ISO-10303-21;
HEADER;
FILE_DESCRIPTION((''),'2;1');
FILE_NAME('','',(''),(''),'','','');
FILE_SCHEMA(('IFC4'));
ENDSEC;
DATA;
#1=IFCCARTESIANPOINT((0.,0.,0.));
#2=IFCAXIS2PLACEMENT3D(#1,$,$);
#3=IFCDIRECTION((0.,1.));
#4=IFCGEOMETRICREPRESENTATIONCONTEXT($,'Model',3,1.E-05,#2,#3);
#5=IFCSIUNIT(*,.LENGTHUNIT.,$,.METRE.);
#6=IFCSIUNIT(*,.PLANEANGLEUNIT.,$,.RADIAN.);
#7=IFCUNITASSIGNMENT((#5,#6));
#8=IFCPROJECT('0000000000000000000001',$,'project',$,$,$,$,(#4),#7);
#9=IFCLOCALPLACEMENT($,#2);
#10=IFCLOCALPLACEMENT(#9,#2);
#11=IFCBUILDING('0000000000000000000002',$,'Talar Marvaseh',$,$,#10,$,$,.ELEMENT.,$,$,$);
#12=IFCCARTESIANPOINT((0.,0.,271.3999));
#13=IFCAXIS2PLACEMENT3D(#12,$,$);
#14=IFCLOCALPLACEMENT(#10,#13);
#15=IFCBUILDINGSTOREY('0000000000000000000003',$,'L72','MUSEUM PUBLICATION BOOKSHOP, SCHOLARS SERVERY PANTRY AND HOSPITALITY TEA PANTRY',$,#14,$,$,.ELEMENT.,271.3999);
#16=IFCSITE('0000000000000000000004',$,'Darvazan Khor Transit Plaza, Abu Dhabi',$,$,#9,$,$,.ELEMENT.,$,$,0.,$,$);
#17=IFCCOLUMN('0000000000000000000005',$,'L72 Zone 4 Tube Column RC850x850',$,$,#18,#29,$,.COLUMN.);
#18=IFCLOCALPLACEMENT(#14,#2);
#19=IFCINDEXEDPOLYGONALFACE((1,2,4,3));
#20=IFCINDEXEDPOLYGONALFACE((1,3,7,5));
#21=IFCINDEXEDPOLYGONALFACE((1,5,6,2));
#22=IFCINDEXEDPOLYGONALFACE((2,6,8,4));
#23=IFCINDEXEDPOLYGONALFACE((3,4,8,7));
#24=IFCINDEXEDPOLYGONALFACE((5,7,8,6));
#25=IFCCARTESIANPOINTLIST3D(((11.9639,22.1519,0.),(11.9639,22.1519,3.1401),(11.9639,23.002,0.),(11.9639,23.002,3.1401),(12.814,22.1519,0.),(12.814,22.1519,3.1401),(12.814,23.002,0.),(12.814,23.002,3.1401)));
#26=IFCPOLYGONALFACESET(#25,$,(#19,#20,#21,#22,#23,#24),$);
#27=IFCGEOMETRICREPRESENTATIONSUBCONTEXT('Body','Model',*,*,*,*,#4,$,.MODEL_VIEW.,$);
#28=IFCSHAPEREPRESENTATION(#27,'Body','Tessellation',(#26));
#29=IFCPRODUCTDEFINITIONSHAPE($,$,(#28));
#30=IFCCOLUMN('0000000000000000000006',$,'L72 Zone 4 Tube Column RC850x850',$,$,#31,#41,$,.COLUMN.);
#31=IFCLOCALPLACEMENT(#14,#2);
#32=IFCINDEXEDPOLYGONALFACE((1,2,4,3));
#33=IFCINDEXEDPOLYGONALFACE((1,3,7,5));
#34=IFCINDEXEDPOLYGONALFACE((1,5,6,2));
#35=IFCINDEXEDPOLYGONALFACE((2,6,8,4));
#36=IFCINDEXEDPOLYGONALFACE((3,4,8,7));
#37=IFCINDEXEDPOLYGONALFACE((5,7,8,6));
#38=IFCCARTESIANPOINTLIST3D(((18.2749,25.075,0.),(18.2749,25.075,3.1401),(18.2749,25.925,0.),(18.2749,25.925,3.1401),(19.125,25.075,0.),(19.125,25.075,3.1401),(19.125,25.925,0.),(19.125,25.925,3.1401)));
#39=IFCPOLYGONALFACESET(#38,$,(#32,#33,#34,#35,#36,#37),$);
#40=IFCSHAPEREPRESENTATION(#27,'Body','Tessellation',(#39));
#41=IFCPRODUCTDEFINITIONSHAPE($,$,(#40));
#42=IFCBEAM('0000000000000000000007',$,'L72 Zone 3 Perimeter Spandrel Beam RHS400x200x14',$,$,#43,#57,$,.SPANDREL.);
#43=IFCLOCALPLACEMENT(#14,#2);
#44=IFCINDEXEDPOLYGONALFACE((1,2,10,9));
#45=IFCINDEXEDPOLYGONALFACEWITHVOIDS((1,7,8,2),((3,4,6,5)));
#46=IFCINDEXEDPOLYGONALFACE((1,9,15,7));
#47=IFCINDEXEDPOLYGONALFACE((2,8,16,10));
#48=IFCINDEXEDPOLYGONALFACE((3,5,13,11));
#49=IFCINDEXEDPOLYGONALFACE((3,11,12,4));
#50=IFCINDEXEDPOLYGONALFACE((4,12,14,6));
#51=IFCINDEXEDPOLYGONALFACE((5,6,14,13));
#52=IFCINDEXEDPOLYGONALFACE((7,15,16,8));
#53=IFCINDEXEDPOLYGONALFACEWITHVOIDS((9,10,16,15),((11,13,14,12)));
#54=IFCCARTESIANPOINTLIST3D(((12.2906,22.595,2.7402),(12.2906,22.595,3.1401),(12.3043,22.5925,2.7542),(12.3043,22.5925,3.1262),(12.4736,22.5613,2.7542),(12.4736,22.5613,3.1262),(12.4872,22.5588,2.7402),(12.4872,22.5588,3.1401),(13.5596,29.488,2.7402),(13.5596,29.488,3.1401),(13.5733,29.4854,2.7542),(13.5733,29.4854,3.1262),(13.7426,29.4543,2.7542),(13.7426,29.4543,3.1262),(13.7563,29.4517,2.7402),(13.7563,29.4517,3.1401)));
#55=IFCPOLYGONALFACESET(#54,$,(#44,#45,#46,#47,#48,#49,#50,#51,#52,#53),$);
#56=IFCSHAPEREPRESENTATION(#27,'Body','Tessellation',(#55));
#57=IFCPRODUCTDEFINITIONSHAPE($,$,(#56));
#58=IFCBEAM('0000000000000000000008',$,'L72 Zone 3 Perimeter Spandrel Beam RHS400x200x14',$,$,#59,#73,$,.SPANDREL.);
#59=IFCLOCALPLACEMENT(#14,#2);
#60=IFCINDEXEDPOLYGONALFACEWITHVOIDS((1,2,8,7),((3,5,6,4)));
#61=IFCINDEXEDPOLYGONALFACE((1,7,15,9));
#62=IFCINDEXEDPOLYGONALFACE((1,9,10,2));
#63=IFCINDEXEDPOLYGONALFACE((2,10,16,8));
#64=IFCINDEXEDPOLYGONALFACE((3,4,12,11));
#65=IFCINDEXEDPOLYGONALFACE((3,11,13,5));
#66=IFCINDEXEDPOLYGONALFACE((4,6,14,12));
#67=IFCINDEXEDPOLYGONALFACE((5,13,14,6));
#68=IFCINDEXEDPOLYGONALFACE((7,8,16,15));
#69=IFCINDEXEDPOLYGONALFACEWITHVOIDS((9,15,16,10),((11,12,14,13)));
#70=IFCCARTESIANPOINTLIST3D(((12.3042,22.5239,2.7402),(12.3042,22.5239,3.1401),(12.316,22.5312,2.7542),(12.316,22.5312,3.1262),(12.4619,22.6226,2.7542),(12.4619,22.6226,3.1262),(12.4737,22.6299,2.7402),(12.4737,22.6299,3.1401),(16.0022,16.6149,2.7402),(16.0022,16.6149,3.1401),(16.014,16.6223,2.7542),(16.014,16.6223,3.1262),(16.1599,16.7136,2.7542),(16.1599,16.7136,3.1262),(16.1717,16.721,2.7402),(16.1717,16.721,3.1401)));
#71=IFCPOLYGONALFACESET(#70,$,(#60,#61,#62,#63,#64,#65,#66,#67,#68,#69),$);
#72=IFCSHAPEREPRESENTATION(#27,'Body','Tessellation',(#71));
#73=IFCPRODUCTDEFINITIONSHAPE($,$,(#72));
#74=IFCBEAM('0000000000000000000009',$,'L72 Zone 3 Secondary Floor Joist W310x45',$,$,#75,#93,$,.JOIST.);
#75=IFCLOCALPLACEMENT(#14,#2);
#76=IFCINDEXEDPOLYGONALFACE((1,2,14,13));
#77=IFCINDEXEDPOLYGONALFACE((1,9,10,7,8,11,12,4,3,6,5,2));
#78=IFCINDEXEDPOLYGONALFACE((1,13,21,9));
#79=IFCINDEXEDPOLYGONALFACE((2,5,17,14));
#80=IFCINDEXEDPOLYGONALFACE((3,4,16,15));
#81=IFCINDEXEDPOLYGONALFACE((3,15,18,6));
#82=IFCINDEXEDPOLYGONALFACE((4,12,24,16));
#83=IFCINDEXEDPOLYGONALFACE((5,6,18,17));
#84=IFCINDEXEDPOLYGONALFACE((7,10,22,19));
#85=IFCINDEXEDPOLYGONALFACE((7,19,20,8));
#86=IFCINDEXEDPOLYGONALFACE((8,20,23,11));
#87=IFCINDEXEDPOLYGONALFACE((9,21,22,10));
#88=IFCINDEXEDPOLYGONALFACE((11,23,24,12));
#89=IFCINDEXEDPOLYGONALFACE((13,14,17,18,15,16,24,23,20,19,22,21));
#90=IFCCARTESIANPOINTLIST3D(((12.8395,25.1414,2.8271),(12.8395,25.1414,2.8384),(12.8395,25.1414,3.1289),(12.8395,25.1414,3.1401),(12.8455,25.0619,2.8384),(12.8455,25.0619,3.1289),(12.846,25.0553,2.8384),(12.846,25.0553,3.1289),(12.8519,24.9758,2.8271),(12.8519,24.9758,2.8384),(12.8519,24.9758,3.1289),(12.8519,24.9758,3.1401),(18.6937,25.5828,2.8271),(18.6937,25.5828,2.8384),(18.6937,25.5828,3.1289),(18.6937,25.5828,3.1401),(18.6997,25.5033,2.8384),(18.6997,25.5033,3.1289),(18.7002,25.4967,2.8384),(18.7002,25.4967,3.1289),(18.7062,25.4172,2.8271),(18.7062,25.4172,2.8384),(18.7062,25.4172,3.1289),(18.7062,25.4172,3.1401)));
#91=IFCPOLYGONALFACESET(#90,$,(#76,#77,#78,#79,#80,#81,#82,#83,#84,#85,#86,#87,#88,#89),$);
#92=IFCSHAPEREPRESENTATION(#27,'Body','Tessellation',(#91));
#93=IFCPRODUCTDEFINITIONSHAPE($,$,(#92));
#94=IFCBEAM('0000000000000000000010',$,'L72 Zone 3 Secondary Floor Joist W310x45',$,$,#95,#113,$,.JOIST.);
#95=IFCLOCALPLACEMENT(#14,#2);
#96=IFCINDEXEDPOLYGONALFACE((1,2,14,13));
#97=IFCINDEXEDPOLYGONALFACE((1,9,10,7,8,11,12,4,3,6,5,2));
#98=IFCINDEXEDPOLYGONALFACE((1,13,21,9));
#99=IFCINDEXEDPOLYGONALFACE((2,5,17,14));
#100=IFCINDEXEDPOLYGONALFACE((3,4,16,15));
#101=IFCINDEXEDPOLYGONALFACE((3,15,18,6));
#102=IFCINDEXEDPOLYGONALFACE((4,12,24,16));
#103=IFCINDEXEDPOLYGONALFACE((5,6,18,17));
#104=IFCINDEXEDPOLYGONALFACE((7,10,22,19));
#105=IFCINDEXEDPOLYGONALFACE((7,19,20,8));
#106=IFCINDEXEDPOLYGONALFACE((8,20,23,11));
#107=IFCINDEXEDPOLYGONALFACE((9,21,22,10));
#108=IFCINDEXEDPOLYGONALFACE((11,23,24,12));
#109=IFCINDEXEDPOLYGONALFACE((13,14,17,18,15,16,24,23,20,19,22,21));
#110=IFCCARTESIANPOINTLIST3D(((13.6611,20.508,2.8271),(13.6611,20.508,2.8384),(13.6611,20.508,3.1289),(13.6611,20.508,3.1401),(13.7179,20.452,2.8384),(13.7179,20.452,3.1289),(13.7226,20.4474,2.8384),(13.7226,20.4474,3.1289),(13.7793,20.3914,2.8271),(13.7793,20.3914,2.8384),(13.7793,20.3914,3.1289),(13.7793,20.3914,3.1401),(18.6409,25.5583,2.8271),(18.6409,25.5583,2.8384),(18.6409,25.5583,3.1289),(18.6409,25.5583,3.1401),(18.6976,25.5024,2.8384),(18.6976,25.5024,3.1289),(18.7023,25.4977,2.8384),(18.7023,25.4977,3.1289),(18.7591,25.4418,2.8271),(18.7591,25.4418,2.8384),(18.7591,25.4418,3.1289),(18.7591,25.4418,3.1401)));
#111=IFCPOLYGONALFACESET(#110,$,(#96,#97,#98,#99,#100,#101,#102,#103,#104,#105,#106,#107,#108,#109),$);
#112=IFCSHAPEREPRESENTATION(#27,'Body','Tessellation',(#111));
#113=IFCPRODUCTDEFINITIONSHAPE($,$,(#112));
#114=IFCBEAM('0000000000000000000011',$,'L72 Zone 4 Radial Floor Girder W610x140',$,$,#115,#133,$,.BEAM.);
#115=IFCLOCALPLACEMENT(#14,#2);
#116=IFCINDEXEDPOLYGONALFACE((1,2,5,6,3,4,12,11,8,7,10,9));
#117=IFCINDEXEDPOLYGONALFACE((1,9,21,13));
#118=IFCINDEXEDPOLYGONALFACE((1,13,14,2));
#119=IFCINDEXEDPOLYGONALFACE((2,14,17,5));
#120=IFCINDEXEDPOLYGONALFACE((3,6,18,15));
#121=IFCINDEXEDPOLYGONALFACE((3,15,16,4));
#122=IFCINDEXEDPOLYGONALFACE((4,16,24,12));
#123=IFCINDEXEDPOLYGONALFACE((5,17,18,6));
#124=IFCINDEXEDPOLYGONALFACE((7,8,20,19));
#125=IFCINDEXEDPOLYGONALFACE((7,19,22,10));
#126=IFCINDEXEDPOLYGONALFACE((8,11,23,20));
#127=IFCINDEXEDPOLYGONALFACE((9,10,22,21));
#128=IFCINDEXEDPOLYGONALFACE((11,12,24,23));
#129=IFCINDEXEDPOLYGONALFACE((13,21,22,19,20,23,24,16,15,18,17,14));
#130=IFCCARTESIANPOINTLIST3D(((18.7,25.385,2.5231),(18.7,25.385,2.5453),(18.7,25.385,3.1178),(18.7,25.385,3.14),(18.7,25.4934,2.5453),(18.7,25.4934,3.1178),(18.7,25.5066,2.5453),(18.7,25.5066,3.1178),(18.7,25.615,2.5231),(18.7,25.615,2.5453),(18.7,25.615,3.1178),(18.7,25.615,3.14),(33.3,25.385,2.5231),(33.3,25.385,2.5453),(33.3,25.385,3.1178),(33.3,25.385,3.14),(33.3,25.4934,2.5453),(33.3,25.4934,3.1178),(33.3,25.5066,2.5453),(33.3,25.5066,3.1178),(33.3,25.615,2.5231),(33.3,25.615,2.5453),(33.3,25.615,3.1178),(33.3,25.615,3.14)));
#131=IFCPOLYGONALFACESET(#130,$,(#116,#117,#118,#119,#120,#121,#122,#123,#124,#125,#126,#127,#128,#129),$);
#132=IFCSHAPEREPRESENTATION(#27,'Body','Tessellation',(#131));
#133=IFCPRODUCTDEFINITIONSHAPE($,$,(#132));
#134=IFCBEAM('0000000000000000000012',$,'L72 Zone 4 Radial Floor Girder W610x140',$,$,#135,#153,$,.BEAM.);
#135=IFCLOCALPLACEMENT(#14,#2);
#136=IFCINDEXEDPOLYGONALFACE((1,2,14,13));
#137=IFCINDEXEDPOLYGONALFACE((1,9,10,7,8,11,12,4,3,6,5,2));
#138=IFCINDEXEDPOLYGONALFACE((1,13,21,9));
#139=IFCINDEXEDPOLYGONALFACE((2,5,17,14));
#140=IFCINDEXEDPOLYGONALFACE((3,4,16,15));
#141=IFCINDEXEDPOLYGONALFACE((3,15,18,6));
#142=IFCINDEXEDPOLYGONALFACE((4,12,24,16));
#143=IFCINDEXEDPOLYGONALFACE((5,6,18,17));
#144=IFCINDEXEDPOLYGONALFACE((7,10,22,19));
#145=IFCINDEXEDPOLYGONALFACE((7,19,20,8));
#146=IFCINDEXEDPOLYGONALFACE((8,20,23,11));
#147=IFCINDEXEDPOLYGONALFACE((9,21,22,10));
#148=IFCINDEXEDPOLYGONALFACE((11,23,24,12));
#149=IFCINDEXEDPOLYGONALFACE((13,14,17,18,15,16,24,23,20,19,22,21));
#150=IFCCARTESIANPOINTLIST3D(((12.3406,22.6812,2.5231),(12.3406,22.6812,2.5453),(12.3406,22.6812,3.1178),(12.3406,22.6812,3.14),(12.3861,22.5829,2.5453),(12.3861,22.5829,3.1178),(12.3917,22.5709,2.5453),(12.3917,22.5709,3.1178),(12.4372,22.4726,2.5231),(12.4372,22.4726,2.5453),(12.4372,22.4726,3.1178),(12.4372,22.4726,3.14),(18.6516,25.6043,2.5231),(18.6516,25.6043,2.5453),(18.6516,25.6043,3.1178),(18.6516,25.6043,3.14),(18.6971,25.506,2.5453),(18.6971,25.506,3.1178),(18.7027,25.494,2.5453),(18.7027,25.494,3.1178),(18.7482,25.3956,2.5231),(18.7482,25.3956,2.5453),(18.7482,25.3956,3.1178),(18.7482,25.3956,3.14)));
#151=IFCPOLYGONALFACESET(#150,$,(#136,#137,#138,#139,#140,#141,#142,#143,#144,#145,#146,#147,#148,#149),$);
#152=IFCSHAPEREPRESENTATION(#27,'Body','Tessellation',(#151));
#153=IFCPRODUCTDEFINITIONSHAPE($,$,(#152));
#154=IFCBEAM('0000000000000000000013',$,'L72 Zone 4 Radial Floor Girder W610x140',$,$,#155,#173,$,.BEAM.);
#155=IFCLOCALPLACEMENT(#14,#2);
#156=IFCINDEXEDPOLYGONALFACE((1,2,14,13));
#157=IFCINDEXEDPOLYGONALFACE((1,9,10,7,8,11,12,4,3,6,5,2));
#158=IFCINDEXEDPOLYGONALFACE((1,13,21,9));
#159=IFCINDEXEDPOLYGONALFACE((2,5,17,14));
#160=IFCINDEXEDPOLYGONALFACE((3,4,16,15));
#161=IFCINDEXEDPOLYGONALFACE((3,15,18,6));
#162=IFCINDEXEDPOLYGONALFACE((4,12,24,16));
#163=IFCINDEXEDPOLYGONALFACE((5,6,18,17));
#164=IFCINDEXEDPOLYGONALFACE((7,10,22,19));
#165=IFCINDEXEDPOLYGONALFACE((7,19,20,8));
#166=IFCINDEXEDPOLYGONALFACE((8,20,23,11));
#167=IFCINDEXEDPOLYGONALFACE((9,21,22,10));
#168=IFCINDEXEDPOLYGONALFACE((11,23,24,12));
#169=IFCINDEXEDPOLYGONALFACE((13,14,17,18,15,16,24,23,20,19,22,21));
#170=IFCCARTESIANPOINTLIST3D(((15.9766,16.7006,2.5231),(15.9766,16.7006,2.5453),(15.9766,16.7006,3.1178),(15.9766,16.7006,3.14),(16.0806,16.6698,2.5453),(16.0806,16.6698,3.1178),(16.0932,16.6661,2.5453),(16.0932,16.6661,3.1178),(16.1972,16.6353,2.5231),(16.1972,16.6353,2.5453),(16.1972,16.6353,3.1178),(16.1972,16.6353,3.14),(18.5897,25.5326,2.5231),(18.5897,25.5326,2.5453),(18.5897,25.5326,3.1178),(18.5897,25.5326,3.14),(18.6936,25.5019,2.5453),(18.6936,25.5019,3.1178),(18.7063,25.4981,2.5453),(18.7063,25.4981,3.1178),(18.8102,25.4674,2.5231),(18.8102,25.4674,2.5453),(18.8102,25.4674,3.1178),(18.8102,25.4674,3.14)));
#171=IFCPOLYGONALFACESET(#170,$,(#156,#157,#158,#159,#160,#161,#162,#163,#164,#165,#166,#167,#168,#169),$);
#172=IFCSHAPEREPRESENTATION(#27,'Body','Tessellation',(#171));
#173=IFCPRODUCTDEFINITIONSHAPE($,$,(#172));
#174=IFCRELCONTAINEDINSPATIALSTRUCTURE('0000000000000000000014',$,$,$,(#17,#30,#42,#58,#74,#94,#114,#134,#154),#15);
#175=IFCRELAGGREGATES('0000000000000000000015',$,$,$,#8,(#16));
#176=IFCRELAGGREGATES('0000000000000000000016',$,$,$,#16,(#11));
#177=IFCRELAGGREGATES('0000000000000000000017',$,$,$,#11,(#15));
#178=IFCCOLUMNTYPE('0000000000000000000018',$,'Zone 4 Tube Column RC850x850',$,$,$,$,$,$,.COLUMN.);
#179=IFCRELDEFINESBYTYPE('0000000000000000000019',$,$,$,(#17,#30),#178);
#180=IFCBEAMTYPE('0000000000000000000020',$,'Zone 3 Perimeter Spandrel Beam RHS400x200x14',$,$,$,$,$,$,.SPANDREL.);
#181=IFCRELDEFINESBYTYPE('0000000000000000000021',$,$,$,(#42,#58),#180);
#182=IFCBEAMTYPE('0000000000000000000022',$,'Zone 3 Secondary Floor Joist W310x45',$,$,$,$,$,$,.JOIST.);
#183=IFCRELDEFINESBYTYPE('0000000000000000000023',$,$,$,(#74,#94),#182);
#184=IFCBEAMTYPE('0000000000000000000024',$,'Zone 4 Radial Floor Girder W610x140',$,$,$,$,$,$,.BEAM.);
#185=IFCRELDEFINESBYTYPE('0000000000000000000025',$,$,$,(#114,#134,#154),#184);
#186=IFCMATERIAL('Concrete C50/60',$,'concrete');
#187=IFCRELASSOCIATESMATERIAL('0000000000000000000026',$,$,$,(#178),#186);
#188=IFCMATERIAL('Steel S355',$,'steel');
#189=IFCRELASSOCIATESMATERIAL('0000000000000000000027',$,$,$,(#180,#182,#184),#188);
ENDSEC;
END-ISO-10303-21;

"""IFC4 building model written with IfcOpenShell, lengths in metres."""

from ifc_helpers import new_model, si_unit, direction, frame, origin, origin_2d, place, context, subcontext, project, spatial, rectangle, hollow_rectangle, i_section, extrude, material, material_profile, profile_set, type_object, element, save


model = new_model("IFC4")

# Units and contexts
model_context = context("Model", 3, precision=1e-05, world=origin(), true_north=direction((0.0, 1.0)))
body_context = subcontext(model_context, "Body", "Model", "MODEL_VIEW")
ifc_project = project(units=[si_unit("LENGTHUNIT", "METRE"), si_unit("PLANEANGLEUNIT", "RADIAN")], contexts=[model_context])

# Site, building, storey
site_placement = place(None, origin())
site = spatial("IfcSite", under=ifc_project, at=site_placement, Name="Darvazan Khor Transit Plaza, Abu Dhabi", CompositionType="ELEMENT", RefElevation=0.0)
building_placement = place(site_placement, origin())
building = spatial("IfcBuilding", under=site, at=building_placement, Name="Talar Marvaseh", CompositionType="ELEMENT")
storey_placement = place(building_placement, frame((0.0, 0.0, 271.3999)))
storey = spatial("IfcBuildingStorey", under=building, at=storey_placement, Name="L72", Description="MUSEUM PUBLICATION BOOKSHOP, SCHOLARS SERVERY PANTRY AND HOSPITALITY TEA PANTRY", CompositionType="ELEMENT", Elevation=271.3999)

# Columns
ifc_material_1 = material(Name="Concrete C50/60", Category="concrete")
ifc_material_profile_1 = material_profile(ifc_material_1, rectangle(XDim=0.8501, YDim=0.8501, at=origin_2d()), Name="RC850x850")
ifc_profile_set_1 = profile_set([ifc_material_profile_1], Name="Concrete C50/60")
column_type = type_object("IfcColumnType", Name="Zone 4 Tube Column RC850x850", PredefinedType="COLUMN", material=ifc_profile_set_1)
for number, where, z_axis, x_axis, name in (
    (1, (12.3889, 22.5769, 0.0), (0.0, 0.0, 1.0), (1.0, 0.0, 0.0), "L72 Zone 4 Tube Column RC850x850"),
    (2, (18.7, 25.5, 0.0), (0.0, 0.0, 1.0), (1.0, 0.0, 0.0), "L72 Zone 4 Tube Column RC850x850"),
):
    element("IfcColumn", number, at=place(storey_placement, frame(where, z_axis=z_axis, x_axis=x_axis)), inside=storey, type_object=column_type, Name=name, PredefinedType="COLUMN", context=body_context, shape_type="SweptSolid", body=[
        extrude(rectangle(XDim=0.8501, YDim=0.8501, at=origin_2d()), origin(), (0.0, 0.0, 1.0), 3.1401),
    ])

# Beams
ifc_material_2 = material(Name="Steel S355", Category="steel")
ifc_material_profile_2 = material_profile(ifc_material_2, hollow_rectangle(XDim=0.2, YDim=0.3999, WallThickness=0.0139, at=origin_2d()), Name="RHS400x200x14")
ifc_profile_set_2 = profile_set([ifc_material_profile_2], Name="Steel S355")
beam_type_1 = type_object("IfcBeamType", Name="Zone 3 Perimeter Spandrel Beam RHS400x200x14", PredefinedType="SPANDREL", material=ifc_profile_set_2)
beam_1_placement = place(storey_placement, frame((12.3889, 22.5769, 2.9402), z_axis=(0.181061, 0.983472, 0.0), x_axis=(-0.983472, 0.181061, 0.0)))
element("IfcBeam", 3, at=beam_1_placement, inside=storey, type_object=beam_type_1, Name="L72 Zone 3 Perimeter Spandrel Beam RHS400x200x14", PredefinedType="SPANDREL", context=body_context, shape_type="SweptSolid", body=[
    extrude(hollow_rectangle(XDim=0.2, YDim=0.3999, WallThickness=0.0139, at=origin_2d()), origin(), (0.0, 0.0, 1.0), 7.0088),
])
beam_2_placement = place(storey_placement, frame((16.0869, 16.668, 2.9402), z_axis=(-0.530506, 0.847681, 0.0), x_axis=(-0.847681, -0.530506, 0.0)))
element("IfcBeam", 4, at=beam_2_placement, inside=storey, type_object=beam_type_1, Name="L72 Zone 3 Perimeter Spandrel Beam RHS400x200x14", PredefinedType="SPANDREL", context=body_context, shape_type="SweptSolid", body=[
    extrude(hollow_rectangle(XDim=0.2, YDim=0.3999, WallThickness=0.0139, at=origin_2d()), origin(), (0.0, 0.0, 1.0), 6.9707),
])
ifc_material_profile_3 = material_profile(ifc_material_2, i_section(OverallWidth=0.166, OverallDepth=0.313, WebThickness=0.0066, FlangeThickness=0.0112, at=origin_2d()), Name="W310x45")
ifc_profile_set_3 = profile_set([ifc_material_profile_3], Name="Steel S355")
beam_type_2 = type_object("IfcBeamType", Name="Zone 3 Secondary Floor Joist W310x45", PredefinedType="JOIST", material=ifc_profile_set_3)
beam_3_placement = place(storey_placement, frame((12.8457, 25.0586, 2.9836), z_axis=(0.99717, 0.075186, 0.0), x_axis=(-0.075186, 0.99717, 0.0)))
element("IfcBeam", 5, at=beam_3_placement, inside=storey, type_object=beam_type_2, Name="L72 Zone 3 Secondary Floor Joist W310x45", PredefinedType="JOIST", context=body_context, shape_type="SweptSolid", body=[
    extrude(i_section(OverallWidth=0.166, OverallDepth=0.313, WebThickness=0.0066, FlangeThickness=0.0112, at=origin_2d()), origin(), (0.0, 0.0, 1.0), 5.8708),
])
beam_4_placement = place(storey_placement, frame((13.7202, 20.4497, 2.9836), z_axis=(0.702115, 0.712063, 0.0), x_axis=(-0.712063, 0.702115, 0.0)))
element("IfcBeam", 6, at=beam_4_placement, inside=storey, type_object=beam_type_2, Name="L72 Zone 3 Secondary Floor Joist W310x45", PredefinedType="JOIST", context=body_context, shape_type="SweptSolid", body=[
    extrude(i_section(OverallWidth=0.166, OverallDepth=0.313, WebThickness=0.0066, FlangeThickness=0.0112, at=origin_2d()), origin(), (0.0, 0.0, 1.0), 7.0925),
])
ifc_material_profile_4 = material_profile(ifc_material_2, i_section(OverallWidth=0.23, OverallDepth=0.6169, WebThickness=0.0132, FlangeThickness=0.0222, at=origin_2d()), Name="W610x140")
ifc_profile_set_4 = profile_set([ifc_material_profile_4], Name="Steel S355")
beam_type_3 = type_object("IfcBeamType", Name="Zone 4 Radial Floor Girder W610x140", PredefinedType="BEAM", material=ifc_profile_set_4)
beam_5_placement = place(storey_placement, frame((18.7, 25.5, 2.8315), z_axis=(1.0, 0.0, 0.0), x_axis=(0.0, 1.0, 0.0)))
element("IfcBeam", 7, at=beam_5_placement, inside=storey, type_object=beam_type_3, Name="L72 Zone 4 Radial Floor Girder W610x140", PredefinedType="BEAM", context=body_context, shape_type="SweptSolid", body=[
    extrude(i_section(OverallWidth=0.23, OverallDepth=0.6169, WebThickness=0.0132, FlangeThickness=0.0222, at=origin_2d()), origin(), (0.0, 0.0, 1.0), 14.6001),
])
beam_6_placement = place(storey_placement, frame((12.3889, 22.5769, 2.8315), z_axis=(0.907395, 0.42028, 0.0), x_axis=(-0.42028, 0.907395, 0.0)))
element("IfcBeam", 8, at=beam_6_placement, inside=storey, type_object=beam_type_3, Name="L72 Zone 4 Radial Floor Girder W610x140", PredefinedType="BEAM", context=body_context, shape_type="SweptSolid", body=[
    extrude(i_section(OverallWidth=0.23, OverallDepth=0.6169, WebThickness=0.0132, FlangeThickness=0.0222, at=origin_2d()), origin(), (0.0, 0.0, 1.0), 6.9551),
])
beam_7_placement = place(storey_placement, frame((16.0869, 16.668, 2.8315), z_axis=(0.283703, 0.958912, 0.0), x_axis=(-0.958912, 0.283703, 0.0)))
element("IfcBeam", 9, at=beam_7_placement, inside=storey, type_object=beam_type_3, Name="L72 Zone 4 Radial Floor Girder W610x140", PredefinedType="BEAM", context=body_context, shape_type="SweptSolid", body=[
    extrude(i_section(OverallWidth=0.23, OverallDepth=0.6169, WebThickness=0.0132, FlangeThickness=0.0222, at=origin_2d()), origin(), (0.0, 0.0, 1.0), 9.2104),
])

save(model, "model.ifc")
